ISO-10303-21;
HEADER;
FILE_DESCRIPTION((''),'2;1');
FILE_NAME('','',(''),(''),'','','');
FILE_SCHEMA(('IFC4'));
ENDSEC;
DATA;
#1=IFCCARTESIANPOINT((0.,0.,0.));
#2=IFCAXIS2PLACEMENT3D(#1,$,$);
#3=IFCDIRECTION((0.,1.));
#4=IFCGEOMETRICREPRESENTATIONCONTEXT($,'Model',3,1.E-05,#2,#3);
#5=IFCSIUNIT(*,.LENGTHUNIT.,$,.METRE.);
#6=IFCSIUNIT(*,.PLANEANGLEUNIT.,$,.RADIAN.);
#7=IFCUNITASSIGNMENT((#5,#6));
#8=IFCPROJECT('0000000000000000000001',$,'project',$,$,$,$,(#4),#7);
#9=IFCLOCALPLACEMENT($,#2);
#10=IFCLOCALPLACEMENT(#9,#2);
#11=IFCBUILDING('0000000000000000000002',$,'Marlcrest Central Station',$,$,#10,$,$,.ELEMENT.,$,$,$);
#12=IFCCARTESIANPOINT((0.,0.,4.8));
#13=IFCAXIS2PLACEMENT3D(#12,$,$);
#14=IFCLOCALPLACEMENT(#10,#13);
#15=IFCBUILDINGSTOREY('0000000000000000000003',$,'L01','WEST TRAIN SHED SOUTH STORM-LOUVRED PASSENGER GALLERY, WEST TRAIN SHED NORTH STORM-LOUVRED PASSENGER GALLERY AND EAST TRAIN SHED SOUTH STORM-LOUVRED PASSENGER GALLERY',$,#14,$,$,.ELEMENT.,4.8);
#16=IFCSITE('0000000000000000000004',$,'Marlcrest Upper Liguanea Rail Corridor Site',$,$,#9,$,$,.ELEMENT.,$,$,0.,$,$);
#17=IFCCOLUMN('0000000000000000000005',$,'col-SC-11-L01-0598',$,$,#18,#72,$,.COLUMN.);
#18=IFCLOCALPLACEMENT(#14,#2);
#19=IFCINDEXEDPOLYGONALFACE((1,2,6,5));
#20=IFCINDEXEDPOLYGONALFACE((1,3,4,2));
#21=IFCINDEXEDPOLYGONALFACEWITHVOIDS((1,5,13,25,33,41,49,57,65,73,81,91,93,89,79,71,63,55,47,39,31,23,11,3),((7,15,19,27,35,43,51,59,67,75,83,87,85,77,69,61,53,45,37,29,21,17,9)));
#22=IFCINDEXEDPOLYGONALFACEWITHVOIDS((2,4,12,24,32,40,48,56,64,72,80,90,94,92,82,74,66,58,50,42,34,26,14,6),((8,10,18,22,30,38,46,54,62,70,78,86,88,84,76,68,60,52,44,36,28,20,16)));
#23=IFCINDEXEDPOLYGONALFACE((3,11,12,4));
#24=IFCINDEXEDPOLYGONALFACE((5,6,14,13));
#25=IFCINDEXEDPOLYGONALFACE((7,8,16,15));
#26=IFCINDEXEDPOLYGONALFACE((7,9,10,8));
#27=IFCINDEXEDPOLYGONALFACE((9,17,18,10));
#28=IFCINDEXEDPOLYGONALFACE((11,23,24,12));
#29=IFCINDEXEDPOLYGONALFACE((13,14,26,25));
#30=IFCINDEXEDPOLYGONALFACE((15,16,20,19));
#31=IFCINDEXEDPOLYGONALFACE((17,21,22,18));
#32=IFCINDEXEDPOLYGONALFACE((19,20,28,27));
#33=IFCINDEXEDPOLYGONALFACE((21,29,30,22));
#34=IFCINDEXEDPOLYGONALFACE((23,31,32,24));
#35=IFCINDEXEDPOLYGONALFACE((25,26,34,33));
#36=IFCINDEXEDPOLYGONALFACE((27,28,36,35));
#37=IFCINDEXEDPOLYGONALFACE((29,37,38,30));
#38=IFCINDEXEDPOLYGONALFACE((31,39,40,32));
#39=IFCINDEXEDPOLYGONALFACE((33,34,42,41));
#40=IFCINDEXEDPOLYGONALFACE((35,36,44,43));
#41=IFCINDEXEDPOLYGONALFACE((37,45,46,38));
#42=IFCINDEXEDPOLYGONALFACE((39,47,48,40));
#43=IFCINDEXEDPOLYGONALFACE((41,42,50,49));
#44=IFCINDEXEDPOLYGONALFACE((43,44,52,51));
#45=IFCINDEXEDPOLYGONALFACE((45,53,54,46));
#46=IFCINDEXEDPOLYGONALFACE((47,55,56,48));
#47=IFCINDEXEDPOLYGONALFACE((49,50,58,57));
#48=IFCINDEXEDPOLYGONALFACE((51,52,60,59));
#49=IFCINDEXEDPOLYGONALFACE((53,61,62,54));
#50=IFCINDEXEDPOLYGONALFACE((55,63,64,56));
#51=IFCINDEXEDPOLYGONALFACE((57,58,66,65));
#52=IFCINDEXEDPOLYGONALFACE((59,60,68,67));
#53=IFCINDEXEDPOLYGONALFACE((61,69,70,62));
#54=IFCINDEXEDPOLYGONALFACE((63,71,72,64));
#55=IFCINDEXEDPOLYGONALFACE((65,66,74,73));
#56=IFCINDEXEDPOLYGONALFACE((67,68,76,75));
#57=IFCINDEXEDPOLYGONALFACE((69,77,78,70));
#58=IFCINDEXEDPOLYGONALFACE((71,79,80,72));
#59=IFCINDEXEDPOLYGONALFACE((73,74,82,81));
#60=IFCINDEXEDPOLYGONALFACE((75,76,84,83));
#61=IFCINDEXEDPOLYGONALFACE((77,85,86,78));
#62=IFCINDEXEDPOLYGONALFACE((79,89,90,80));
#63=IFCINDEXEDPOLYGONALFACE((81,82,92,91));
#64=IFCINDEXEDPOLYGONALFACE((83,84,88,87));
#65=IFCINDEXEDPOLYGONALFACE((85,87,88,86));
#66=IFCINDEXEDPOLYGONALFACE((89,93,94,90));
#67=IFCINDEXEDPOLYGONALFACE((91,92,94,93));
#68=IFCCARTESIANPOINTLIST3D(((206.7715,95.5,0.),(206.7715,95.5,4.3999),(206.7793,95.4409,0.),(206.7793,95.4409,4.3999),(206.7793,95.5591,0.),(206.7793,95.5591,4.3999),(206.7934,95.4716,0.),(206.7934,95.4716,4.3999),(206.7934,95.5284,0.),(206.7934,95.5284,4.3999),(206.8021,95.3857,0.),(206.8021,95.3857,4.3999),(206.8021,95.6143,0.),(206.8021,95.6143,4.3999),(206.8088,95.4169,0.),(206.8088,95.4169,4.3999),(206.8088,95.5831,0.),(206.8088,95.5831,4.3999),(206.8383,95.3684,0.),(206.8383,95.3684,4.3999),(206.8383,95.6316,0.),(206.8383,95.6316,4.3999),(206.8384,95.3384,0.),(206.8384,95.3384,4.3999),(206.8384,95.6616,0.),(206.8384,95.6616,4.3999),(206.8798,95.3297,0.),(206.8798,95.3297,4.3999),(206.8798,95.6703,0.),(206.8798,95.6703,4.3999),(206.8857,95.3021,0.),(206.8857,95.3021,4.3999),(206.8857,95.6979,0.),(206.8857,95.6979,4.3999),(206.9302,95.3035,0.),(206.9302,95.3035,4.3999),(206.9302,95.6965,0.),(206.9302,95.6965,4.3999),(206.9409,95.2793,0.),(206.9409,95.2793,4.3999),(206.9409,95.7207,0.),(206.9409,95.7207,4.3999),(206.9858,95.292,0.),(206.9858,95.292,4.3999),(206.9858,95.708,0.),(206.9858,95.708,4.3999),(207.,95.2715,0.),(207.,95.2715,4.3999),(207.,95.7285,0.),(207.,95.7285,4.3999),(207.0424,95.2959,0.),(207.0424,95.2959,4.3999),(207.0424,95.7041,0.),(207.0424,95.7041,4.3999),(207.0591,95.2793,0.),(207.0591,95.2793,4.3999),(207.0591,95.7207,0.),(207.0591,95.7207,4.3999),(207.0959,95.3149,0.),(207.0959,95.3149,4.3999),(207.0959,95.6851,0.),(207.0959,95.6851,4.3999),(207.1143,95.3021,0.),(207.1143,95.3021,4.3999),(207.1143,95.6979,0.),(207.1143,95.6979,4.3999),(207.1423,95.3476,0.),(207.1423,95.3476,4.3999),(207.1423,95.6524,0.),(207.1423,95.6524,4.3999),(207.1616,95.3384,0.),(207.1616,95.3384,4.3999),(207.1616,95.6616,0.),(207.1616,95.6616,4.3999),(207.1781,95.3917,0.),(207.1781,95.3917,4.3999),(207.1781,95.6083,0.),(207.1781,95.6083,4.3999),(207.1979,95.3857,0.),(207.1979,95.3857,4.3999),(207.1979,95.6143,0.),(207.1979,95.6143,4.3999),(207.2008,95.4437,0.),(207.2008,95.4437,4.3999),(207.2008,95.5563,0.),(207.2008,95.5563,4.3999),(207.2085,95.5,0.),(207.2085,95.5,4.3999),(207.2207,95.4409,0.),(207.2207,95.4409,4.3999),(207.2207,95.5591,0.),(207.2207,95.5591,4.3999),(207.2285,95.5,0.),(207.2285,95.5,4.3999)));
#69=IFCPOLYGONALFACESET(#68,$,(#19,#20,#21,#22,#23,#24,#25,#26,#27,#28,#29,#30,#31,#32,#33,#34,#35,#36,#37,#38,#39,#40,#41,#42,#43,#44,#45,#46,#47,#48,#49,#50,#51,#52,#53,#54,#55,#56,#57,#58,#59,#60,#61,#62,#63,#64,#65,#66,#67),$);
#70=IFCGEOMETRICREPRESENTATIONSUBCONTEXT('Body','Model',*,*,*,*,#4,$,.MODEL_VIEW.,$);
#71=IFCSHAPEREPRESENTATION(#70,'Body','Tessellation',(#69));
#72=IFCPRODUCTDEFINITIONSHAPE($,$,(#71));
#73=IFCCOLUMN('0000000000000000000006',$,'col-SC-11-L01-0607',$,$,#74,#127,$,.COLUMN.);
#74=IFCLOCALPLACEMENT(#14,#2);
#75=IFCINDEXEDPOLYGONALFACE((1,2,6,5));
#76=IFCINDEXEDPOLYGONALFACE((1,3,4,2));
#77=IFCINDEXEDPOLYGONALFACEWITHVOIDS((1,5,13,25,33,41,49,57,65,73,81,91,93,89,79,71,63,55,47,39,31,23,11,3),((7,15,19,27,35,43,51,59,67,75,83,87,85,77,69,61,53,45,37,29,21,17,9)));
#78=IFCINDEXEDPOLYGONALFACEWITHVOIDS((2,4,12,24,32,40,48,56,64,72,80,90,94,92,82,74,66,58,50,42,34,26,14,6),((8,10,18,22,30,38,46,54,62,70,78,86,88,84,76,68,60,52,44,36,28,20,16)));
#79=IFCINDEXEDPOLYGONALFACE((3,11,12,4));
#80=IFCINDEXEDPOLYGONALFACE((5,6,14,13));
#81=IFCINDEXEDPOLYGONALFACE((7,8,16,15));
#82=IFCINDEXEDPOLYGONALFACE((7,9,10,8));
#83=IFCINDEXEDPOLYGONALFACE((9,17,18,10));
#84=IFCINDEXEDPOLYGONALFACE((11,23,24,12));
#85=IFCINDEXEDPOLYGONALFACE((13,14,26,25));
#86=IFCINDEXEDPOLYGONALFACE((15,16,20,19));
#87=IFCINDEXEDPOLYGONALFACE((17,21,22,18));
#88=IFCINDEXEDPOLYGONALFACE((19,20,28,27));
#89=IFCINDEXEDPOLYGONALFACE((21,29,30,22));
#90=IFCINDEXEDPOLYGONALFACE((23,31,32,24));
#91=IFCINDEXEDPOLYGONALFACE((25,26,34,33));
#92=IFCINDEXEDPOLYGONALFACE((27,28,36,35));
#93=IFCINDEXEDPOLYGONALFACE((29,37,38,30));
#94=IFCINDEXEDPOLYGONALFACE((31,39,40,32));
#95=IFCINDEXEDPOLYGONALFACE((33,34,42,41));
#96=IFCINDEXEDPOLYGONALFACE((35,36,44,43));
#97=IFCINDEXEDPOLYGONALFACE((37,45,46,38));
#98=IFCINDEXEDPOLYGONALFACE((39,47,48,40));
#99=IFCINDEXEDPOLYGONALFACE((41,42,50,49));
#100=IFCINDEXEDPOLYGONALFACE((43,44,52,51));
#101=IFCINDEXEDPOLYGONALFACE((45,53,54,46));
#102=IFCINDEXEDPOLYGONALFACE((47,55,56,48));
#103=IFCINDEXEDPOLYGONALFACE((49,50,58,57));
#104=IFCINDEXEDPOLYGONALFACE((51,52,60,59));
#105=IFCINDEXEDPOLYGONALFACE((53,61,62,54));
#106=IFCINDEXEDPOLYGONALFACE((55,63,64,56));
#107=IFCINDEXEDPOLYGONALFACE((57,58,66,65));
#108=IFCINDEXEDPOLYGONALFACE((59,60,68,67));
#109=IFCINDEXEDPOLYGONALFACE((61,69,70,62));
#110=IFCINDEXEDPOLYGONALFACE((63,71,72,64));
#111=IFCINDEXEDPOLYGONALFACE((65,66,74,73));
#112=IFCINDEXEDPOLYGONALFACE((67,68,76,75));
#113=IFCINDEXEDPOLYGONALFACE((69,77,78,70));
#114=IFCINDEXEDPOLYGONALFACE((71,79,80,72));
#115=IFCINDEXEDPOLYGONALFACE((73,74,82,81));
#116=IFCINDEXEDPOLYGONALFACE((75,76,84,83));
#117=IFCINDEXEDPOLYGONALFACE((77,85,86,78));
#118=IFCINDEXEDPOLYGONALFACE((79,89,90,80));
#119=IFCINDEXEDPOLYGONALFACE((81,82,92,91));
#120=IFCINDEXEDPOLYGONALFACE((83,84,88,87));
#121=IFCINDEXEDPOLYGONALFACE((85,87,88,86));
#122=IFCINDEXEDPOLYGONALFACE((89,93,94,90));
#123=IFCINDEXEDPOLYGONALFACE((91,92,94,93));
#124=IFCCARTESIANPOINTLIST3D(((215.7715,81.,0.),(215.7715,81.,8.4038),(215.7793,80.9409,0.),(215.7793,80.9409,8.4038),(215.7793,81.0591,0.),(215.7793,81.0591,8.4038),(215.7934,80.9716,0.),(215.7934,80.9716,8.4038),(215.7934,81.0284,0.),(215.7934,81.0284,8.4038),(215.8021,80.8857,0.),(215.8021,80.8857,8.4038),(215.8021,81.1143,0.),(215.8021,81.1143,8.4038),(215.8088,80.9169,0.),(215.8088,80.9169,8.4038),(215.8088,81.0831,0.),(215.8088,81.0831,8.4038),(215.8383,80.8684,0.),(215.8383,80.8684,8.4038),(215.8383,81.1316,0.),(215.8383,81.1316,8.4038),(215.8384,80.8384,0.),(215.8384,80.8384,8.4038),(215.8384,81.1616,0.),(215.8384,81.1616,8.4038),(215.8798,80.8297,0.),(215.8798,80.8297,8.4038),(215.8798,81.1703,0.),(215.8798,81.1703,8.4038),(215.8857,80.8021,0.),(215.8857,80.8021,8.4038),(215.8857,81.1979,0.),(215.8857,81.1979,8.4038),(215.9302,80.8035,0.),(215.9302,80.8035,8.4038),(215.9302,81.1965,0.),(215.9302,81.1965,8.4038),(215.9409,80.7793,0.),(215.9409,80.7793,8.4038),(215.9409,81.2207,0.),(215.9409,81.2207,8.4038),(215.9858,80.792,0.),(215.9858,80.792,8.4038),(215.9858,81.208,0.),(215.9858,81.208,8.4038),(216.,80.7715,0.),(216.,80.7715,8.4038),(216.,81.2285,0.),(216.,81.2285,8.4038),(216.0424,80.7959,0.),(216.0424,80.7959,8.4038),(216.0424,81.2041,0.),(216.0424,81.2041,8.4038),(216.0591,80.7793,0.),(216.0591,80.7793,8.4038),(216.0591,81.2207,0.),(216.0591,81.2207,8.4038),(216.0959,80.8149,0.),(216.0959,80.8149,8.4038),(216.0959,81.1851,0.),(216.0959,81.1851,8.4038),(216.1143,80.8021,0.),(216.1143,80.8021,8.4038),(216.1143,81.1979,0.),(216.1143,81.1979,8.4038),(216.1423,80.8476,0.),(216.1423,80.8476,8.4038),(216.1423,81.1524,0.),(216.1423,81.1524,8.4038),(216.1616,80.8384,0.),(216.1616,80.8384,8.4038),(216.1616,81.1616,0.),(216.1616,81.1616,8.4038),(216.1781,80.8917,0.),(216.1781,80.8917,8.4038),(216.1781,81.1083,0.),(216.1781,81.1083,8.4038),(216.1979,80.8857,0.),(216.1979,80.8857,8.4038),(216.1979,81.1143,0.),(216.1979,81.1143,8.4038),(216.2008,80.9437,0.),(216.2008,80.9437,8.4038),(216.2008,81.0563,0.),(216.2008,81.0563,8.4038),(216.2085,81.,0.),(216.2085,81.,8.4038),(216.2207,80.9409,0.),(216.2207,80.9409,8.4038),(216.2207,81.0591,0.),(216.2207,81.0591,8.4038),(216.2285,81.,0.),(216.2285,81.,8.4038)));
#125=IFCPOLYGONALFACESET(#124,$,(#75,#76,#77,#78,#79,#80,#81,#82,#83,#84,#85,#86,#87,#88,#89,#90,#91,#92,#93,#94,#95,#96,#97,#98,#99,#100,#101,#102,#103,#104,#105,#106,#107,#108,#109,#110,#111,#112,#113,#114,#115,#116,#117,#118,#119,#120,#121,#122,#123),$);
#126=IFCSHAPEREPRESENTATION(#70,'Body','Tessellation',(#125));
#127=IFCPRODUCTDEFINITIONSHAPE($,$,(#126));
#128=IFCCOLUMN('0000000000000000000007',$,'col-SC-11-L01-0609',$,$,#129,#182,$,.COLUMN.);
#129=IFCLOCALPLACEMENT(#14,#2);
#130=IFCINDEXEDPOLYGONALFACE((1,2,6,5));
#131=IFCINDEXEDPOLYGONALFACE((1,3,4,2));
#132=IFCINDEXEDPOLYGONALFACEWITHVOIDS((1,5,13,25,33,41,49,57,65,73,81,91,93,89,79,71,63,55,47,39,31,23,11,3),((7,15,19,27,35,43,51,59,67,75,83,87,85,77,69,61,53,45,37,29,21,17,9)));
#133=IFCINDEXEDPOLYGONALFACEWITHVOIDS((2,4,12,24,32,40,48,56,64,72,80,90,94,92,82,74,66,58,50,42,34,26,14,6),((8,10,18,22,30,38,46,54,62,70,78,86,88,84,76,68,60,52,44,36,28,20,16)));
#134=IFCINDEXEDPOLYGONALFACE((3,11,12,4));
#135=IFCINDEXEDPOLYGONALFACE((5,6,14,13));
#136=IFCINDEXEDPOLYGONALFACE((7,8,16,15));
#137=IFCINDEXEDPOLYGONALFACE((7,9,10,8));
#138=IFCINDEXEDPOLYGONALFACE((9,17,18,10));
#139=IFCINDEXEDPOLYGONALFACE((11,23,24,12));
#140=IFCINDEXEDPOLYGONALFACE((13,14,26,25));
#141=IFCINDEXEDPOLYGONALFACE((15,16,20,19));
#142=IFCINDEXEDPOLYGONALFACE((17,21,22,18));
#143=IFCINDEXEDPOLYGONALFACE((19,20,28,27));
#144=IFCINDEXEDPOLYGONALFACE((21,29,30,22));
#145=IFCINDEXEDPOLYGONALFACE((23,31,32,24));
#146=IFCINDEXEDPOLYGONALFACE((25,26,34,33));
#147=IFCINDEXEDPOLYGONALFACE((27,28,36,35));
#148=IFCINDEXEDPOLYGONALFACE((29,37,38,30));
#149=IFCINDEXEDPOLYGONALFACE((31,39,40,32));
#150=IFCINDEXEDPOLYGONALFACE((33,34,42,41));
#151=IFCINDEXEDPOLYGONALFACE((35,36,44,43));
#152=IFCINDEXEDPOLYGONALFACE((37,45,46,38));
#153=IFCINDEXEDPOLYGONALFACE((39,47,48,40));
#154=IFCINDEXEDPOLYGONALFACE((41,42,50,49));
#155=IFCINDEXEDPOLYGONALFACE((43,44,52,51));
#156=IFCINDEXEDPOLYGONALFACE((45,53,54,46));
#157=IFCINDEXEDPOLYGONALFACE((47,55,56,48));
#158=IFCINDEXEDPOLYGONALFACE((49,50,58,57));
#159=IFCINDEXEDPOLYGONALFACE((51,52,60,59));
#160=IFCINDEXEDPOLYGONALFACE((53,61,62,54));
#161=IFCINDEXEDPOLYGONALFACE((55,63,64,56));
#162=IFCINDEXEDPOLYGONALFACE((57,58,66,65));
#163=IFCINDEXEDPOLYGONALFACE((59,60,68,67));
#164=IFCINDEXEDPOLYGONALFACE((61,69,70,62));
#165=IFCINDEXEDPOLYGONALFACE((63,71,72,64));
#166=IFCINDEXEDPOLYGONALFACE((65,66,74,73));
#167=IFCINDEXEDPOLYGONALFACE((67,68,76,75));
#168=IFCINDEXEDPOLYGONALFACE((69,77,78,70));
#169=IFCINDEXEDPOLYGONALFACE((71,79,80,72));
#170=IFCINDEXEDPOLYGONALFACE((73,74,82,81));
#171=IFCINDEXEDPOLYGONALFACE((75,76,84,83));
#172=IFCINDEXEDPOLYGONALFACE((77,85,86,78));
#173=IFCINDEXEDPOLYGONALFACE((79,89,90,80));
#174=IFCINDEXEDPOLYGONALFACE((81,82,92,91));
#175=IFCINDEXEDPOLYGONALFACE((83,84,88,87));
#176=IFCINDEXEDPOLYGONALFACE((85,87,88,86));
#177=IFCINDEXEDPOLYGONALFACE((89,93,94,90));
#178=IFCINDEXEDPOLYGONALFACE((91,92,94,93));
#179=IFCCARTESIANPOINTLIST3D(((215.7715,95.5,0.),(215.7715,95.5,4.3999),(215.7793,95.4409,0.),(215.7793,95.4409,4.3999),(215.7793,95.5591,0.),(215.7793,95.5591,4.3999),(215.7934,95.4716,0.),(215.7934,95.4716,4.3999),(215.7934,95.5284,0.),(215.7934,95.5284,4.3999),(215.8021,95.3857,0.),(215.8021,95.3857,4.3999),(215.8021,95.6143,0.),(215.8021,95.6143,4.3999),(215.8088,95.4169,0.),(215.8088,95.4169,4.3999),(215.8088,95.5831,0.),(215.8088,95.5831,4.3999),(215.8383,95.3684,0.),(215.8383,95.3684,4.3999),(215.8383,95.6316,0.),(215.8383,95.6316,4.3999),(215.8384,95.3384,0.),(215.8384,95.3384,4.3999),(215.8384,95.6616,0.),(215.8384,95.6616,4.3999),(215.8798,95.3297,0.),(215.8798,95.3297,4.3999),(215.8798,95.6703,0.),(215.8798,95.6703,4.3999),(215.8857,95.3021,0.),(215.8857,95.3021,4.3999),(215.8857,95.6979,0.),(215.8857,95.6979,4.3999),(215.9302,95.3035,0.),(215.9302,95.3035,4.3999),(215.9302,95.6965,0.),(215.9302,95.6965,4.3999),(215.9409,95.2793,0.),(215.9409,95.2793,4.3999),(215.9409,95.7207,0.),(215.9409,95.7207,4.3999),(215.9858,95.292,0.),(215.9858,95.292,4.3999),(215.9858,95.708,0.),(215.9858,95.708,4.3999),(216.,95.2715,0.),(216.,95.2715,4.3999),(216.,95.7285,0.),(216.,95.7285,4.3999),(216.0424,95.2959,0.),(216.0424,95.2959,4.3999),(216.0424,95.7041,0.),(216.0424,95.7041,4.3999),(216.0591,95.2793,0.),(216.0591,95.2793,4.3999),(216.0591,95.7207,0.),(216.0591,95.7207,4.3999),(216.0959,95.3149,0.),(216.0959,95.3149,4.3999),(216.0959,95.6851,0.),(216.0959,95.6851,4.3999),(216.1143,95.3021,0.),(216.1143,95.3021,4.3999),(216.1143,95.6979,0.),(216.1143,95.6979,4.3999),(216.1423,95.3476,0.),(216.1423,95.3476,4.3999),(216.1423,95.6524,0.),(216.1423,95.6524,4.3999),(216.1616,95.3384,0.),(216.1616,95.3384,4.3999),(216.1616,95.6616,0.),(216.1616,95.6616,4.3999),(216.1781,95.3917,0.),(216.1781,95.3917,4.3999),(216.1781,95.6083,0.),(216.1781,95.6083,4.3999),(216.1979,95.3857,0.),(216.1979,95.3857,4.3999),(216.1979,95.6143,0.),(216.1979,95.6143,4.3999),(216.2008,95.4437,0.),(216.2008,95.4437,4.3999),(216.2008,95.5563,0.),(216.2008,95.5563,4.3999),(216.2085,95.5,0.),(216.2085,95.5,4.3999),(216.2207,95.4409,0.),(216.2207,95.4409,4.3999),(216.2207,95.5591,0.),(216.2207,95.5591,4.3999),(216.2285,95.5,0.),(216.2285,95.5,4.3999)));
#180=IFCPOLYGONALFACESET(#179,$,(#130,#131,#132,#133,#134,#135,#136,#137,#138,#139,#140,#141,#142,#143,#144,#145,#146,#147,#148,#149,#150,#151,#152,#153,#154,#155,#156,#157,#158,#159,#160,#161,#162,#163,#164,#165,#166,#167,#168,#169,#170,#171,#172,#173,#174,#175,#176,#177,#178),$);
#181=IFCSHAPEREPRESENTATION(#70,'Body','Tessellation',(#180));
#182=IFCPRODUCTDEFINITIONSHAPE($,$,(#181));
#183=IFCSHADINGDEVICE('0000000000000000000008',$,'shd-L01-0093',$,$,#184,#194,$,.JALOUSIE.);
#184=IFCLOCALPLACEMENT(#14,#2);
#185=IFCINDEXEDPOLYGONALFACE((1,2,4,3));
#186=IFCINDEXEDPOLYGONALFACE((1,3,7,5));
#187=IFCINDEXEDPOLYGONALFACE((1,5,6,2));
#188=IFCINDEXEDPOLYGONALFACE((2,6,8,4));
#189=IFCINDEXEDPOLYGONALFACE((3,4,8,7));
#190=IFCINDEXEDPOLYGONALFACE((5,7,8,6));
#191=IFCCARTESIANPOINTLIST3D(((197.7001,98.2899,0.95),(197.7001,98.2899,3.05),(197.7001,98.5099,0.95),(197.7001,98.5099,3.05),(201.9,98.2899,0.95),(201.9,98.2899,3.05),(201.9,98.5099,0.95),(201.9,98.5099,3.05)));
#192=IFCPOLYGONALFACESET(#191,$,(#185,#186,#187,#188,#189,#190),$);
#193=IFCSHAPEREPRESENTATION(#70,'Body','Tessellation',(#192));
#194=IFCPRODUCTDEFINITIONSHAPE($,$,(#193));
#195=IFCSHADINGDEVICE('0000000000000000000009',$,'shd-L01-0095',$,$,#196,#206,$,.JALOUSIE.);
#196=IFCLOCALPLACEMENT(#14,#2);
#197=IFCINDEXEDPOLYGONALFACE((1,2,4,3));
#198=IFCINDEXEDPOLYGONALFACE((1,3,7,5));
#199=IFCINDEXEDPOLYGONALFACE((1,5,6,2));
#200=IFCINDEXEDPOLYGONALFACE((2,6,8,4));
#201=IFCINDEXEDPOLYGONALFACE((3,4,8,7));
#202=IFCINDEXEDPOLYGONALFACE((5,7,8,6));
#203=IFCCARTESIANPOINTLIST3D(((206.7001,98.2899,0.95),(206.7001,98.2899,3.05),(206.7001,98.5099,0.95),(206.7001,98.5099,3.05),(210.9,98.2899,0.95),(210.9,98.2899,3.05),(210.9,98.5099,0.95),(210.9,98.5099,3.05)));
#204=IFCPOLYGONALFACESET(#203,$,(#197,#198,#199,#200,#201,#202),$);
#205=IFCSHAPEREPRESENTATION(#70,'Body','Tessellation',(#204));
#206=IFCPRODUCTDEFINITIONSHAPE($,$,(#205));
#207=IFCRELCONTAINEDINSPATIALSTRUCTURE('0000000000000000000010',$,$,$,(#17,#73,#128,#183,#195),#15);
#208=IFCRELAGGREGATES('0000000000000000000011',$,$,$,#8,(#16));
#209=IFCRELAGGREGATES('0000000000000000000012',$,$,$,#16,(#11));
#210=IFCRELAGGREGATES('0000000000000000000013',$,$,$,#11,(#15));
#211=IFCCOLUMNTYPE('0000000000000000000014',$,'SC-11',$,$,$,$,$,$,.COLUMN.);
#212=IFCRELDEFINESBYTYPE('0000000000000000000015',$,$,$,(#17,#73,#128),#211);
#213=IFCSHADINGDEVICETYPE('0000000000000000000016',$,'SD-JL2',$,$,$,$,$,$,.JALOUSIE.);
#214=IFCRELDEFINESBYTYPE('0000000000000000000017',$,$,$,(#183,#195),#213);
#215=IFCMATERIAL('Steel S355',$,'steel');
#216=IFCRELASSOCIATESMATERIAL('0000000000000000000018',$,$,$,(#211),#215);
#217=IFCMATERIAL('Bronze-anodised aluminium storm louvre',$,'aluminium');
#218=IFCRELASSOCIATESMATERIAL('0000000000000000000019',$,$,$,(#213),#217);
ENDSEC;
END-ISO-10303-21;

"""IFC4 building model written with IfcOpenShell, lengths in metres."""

from ifc_helpers import new_model, si_unit, direction, frame, origin, origin_2d, place, context, subcontext, project, spatial, rectangle, hollow_circle, extrude, material, material_profile, profile_set, type_object, element, save


model = new_model("IFC4")

# Units and contexts
model_context = context("Model", 3, precision=1e-05, world=origin(), true_north=direction((0.0, 1.0)))
body_context = subcontext(model_context, "Body", "Model", "MODEL_VIEW")
ifc_project = project(units=[si_unit("LENGTHUNIT", "METRE"), si_unit("PLANEANGLEUNIT", "RADIAN")], contexts=[model_context])

# Site, building, storey
site_placement = place(None, origin())
site = spatial("IfcSite", under=ifc_project, at=site_placement, Name="Marlcrest Upper Liguanea Rail Corridor Site", CompositionType="ELEMENT", RefElevation=0.0)
building_placement = place(site_placement, origin())
building = spatial("IfcBuilding", under=site, at=building_placement, Name="Marlcrest Central Station", CompositionType="ELEMENT")
storey_placement = place(building_placement, frame((0.0, 0.0, 4.8)))
storey = spatial("IfcBuildingStorey", under=building, at=storey_placement, Name="L01", Description="WEST TRAIN SHED SOUTH STORM-LOUVRED PASSENGER GALLERY, WEST TRAIN SHED NORTH STORM-LOUVRED PASSENGER GALLERY AND EAST TRAIN SHED SOUTH STORM-LOUVRED PASSENGER GALLERY", CompositionType="ELEMENT", Elevation=4.8)

# Columns
ifc_material_1 = material(Name="Steel S355", Category="steel")
ifc_material_profile_1 = material_profile(ifc_material_1, hollow_circle(Radius=0.2285, WallThickness=0.02, at=origin_2d()), Name="CHS 457x20")
ifc_profile_set_1 = profile_set([ifc_material_profile_1], Name="Steel S355")
column_type_1 = type_object("IfcColumnType", Name="SC-11", PredefinedType="COLUMN", material=ifc_profile_set_1)
column_1_placement = place(storey_placement, frame((207.0, 95.5, 0.0), z_axis=(0.0, 0.0, 1.0), x_axis=(1.0, 0.0, 0.0)))
element("IfcColumn", 1, at=column_1_placement, inside=storey, type_object=column_type_1, Name="col-SC-11-L01-0598", PredefinedType="COLUMN", context=body_context, shape_type="SweptSolid", body=[
    extrude(hollow_circle(Radius=0.2285, WallThickness=0.02, at=origin_2d()), origin(), (0.0, 0.0, 1.0), 4.3999),
])
column_2_placement = place(storey_placement, frame((216.0, 81.0, 0.0), z_axis=(0.0, 0.0, 1.0), x_axis=(1.0, 0.0, 0.0)))
element("IfcColumn", 2, at=column_2_placement, inside=storey, type_object=column_type_1, Name="col-SC-11-L01-0607", PredefinedType="COLUMN", context=body_context, shape_type="SweptSolid", body=[
    extrude(hollow_circle(Radius=0.2285, WallThickness=0.02, at=origin_2d()), origin(), (0.0, 0.0, 1.0), 8.4038),
])
column_3_placement = place(storey_placement, frame((216.0, 95.5, 0.0), z_axis=(0.0, 0.0, 1.0), x_axis=(1.0, 0.0, 0.0)))
element("IfcColumn", 3, at=column_3_placement, inside=storey, type_object=column_type_1, Name="col-SC-11-L01-0609", PredefinedType="COLUMN", context=body_context, shape_type="SweptSolid", body=[
    extrude(hollow_circle(Radius=0.2285, WallThickness=0.02, at=origin_2d()), origin(), (0.0, 0.0, 1.0), 4.3999),
])

# Shading devices
ifc_material_2 = material(Name="Bronze-anodised aluminium storm louvre", Category="aluminium")
shading_device_type = type_object("IfcShadingDeviceType", Name="SD-JL2", PredefinedType="JALOUSIE", material=ifc_material_2)
for number, where, z_axis, x_axis, name in (
    (4, (199.8, 98.3999, 0.95), (0.0, 0.0, 1.0), (1.0, 0.0, 0.0), "shd-L01-0093"),
    (5, (208.8, 98.3999, 0.95), (0.0, 0.0, 1.0), (1.0, 0.0, 0.0), "shd-L01-0095"),
):
    element("IfcShadingDevice", number, at=place(storey_placement, frame(where, z_axis=z_axis, x_axis=x_axis)), inside=storey, type_object=shading_device_type, Name=name, PredefinedType="JALOUSIE", context=body_context, shape_type="SweptSolid", body=[
        extrude(rectangle(XDim=4.2, YDim=0.22, at=origin_2d()), origin(), (0.0, 0.0, 1.0), 2.1001),
    ])

save(model, "model.ifc")
